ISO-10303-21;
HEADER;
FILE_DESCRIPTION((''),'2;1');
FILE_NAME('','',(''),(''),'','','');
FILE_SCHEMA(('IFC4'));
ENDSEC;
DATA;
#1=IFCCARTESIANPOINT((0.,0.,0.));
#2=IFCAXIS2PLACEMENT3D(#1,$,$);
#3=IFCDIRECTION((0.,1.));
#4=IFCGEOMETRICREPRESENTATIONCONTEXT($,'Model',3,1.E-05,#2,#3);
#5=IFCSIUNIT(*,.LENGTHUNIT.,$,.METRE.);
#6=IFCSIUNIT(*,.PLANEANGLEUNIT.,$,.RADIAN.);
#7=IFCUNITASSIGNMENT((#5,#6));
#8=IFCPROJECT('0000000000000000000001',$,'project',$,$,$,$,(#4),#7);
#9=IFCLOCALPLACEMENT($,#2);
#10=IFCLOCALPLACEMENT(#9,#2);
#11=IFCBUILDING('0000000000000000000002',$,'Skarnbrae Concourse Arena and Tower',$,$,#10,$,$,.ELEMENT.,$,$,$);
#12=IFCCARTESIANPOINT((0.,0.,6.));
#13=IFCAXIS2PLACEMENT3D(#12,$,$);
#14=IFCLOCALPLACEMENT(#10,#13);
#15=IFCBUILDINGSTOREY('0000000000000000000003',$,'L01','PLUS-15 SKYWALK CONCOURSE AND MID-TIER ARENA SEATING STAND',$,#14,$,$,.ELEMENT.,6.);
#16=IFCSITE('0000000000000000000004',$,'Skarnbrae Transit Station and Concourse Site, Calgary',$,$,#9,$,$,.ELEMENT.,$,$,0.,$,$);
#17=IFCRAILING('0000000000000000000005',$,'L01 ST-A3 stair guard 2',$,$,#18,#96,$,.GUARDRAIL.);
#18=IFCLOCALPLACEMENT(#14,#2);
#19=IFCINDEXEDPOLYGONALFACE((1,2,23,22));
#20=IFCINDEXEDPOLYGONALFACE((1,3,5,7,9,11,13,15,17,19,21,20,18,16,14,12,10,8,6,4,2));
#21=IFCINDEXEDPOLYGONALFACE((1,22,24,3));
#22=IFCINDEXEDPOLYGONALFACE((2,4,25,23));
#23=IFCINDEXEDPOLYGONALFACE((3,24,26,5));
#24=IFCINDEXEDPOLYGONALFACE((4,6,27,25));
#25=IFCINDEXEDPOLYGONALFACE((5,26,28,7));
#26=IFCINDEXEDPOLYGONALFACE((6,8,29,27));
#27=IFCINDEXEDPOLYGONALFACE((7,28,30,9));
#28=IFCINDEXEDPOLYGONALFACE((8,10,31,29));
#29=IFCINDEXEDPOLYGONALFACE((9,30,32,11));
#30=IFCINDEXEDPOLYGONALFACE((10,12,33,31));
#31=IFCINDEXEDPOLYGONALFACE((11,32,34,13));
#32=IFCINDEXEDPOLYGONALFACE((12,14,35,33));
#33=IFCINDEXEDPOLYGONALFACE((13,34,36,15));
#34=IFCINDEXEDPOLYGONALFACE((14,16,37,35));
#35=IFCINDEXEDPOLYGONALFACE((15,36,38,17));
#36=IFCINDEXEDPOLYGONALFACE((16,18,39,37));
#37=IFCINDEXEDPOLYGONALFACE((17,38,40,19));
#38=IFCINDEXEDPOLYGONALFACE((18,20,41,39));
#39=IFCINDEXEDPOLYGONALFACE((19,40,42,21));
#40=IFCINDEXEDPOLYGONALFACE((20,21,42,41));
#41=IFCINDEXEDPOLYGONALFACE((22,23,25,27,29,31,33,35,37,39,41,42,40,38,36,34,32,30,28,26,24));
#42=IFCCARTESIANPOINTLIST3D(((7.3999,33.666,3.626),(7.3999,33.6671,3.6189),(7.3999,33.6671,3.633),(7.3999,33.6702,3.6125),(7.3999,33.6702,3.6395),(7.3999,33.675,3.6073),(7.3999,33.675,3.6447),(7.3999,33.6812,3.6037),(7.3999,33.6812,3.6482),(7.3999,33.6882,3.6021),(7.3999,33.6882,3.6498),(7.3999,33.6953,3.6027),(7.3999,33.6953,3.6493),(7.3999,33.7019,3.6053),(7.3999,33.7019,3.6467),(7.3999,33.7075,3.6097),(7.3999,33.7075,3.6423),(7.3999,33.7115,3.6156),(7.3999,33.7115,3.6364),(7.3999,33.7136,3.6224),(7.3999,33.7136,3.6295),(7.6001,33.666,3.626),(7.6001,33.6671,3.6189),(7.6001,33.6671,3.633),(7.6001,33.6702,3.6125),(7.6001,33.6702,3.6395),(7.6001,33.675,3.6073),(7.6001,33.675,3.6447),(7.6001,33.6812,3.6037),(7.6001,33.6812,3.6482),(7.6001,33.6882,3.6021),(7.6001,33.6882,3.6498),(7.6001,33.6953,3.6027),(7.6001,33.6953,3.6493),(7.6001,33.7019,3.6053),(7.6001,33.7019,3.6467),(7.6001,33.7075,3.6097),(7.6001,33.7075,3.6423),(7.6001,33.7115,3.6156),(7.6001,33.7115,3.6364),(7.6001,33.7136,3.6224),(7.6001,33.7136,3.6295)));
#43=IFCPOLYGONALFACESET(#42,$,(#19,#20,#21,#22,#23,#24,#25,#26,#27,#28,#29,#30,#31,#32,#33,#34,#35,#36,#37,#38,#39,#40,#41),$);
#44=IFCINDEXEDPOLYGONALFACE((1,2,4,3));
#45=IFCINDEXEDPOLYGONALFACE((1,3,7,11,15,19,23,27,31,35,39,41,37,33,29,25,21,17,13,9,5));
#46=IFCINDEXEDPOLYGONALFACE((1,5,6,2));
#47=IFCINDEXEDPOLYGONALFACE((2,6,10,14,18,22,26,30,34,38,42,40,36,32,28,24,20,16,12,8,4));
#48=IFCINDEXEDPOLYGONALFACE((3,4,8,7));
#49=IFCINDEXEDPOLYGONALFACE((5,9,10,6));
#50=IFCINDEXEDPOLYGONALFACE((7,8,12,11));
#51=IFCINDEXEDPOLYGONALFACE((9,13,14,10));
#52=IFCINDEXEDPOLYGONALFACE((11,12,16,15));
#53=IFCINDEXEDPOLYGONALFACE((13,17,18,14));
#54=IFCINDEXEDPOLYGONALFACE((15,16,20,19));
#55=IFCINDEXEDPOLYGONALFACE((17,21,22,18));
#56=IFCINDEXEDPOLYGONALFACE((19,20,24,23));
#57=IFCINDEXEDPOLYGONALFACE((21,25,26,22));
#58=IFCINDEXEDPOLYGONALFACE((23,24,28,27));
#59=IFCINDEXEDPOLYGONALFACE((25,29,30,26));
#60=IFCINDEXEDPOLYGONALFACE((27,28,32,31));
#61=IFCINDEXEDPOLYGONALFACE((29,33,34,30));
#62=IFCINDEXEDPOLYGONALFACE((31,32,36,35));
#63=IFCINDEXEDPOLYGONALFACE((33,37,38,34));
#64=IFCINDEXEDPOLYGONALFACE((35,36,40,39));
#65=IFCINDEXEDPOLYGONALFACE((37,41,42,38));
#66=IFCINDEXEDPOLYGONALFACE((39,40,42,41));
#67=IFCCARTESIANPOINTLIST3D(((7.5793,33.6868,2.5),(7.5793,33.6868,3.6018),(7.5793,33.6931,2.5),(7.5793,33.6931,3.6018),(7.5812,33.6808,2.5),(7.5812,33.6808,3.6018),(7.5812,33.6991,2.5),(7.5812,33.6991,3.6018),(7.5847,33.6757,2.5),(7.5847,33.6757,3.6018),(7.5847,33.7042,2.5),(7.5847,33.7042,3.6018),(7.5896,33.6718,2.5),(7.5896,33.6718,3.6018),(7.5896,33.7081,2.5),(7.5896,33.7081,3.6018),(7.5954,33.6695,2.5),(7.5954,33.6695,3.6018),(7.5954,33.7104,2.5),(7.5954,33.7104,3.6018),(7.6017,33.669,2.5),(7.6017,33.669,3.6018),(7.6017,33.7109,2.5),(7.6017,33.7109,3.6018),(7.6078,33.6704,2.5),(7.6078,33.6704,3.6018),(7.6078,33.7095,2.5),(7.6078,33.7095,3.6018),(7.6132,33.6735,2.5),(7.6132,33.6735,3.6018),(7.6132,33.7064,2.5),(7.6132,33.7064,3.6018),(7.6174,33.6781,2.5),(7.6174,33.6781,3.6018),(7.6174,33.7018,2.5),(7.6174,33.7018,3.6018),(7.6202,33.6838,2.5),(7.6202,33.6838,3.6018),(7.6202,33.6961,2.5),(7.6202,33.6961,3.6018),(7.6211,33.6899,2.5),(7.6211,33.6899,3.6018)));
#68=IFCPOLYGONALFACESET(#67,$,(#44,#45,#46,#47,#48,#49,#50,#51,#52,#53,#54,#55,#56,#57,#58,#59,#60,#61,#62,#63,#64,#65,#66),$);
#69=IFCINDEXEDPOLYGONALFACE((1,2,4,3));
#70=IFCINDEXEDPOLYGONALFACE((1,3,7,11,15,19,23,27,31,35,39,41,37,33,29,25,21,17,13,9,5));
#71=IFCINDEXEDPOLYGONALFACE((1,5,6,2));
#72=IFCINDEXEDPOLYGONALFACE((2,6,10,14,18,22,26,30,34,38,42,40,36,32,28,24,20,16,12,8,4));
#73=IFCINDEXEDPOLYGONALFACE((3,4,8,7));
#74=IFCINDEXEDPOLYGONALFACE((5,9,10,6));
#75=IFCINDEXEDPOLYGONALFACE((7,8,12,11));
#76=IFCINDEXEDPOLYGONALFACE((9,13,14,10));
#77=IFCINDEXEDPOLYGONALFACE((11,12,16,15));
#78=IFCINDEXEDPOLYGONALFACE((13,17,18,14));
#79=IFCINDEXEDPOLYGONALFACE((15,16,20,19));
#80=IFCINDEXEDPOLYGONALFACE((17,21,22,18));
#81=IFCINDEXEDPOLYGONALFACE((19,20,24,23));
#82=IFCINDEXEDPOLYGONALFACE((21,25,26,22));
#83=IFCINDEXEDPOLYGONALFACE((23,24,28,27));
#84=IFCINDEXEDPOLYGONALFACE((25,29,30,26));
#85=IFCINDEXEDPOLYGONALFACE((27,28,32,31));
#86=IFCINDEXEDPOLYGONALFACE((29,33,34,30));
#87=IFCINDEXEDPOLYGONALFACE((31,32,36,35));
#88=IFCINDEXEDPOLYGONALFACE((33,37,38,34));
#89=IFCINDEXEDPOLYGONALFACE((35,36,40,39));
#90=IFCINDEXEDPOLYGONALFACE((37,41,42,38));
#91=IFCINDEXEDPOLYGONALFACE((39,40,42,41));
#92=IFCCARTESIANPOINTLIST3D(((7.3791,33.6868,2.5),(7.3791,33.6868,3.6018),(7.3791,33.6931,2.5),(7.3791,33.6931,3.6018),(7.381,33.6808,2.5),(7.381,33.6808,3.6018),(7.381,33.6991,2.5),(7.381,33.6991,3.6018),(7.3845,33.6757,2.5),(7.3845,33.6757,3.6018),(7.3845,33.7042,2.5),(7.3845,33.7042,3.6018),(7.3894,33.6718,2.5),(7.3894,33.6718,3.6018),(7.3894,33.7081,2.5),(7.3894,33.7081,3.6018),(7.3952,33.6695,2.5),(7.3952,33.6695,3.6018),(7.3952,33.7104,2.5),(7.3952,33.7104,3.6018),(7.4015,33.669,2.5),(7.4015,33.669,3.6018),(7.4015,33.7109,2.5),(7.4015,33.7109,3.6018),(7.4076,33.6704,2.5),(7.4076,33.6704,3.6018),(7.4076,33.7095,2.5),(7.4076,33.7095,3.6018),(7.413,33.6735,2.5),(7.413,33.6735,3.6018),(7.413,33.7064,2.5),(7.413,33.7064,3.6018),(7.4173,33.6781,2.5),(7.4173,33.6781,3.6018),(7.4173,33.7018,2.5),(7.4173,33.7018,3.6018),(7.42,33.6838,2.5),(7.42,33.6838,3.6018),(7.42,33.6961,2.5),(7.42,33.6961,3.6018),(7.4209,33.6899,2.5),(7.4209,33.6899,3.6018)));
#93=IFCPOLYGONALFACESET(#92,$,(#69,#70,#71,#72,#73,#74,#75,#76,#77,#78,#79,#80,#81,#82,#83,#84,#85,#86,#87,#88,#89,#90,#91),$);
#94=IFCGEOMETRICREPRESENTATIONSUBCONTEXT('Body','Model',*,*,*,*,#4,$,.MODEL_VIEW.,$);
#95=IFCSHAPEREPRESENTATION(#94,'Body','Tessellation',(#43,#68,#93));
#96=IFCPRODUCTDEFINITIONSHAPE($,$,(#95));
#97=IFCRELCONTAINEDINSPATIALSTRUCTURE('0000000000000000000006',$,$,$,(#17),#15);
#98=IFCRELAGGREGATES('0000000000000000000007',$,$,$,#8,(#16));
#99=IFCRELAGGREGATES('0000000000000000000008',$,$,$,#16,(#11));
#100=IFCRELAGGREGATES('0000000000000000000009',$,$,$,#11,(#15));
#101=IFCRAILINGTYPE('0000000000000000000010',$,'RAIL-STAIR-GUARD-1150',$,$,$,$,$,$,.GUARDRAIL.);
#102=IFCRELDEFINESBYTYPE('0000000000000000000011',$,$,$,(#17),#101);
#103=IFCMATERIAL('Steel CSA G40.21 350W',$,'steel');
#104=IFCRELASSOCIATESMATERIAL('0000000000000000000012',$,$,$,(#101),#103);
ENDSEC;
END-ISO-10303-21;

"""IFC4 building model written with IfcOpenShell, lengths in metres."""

from ifc_helpers import new_model, si_unit, direction, frame, origin, origin_2d, place, context, subcontext, project, spatial, circle, extrude, material, type_object, element, save


model = new_model("IFC4")

# Units and contexts
model_context = context("Model", 3, precision=1e-05, world=origin(), true_north=direction((0.0, 1.0)))
body_context = subcontext(model_context, "Body", "Model", "MODEL_VIEW")
ifc_project = project(units=[si_unit("LENGTHUNIT", "METRE"), si_unit("PLANEANGLEUNIT", "RADIAN")], contexts=[model_context])

# Site, building, storey
site_placement = place(None, origin())
site = spatial("IfcSite", under=ifc_project, at=site_placement, Name="Skarnbrae Transit Station and Concourse Site, Calgary", CompositionType="ELEMENT", RefElevation=0.0)
building_placement = place(site_placement, origin())
building = spatial("IfcBuilding", under=site, at=building_placement, Name="Skarnbrae Concourse Arena and Tower", CompositionType="ELEMENT")
storey_placement = place(building_placement, frame((0.0, 0.0, 6.0)))
storey = spatial("IfcBuildingStorey", under=building, at=storey_placement, Name="L01", Description="PLUS-15 SKYWALK CONCOURSE AND MID-TIER ARENA SEATING STAND", CompositionType="ELEMENT", Elevation=6.0)

# Shared definitions
ifc_material_1 = material(Name="Steel CSA G40.21 350W", Category="steel")

# Railing
railing_type_1 = type_object("IfcRailingType", Name="RAIL-STAIR-GUARD-1150", PredefinedType="GUARDRAIL", material=ifc_material_1)
railing_1_placement = place(storey_placement, frame((7.6001, 33.6899, 2.5)))
element("IfcRailing", 1, at=railing_1_placement, inside=storey, type_object=railing_type_1, Name="L01 ST-A3 stair guard 2", PredefinedType="GUARDRAIL", context=body_context, shape_type="SweptSolid", body=[
    extrude(circle(Radius=0.0239, at=origin_2d()), frame((0.0, 0.0, 1.126), z_axis=(-1.0, 0.0, 0.0), x_axis=(0.0, -1.0, 0.0)), (0.0, 0.0, 1.0), 0.2002),
    extrude(circle(Radius=0.021, at=origin_2d()), origin(), (0.0, 0.0, 1.0), 1.1018),
    extrude(circle(Radius=0.021, at=origin_2d()), frame((-0.2002, 0.0, 0.0)), (0.0, 0.0, 1.0), 1.1018),
])

save(model, "model.ifc")
